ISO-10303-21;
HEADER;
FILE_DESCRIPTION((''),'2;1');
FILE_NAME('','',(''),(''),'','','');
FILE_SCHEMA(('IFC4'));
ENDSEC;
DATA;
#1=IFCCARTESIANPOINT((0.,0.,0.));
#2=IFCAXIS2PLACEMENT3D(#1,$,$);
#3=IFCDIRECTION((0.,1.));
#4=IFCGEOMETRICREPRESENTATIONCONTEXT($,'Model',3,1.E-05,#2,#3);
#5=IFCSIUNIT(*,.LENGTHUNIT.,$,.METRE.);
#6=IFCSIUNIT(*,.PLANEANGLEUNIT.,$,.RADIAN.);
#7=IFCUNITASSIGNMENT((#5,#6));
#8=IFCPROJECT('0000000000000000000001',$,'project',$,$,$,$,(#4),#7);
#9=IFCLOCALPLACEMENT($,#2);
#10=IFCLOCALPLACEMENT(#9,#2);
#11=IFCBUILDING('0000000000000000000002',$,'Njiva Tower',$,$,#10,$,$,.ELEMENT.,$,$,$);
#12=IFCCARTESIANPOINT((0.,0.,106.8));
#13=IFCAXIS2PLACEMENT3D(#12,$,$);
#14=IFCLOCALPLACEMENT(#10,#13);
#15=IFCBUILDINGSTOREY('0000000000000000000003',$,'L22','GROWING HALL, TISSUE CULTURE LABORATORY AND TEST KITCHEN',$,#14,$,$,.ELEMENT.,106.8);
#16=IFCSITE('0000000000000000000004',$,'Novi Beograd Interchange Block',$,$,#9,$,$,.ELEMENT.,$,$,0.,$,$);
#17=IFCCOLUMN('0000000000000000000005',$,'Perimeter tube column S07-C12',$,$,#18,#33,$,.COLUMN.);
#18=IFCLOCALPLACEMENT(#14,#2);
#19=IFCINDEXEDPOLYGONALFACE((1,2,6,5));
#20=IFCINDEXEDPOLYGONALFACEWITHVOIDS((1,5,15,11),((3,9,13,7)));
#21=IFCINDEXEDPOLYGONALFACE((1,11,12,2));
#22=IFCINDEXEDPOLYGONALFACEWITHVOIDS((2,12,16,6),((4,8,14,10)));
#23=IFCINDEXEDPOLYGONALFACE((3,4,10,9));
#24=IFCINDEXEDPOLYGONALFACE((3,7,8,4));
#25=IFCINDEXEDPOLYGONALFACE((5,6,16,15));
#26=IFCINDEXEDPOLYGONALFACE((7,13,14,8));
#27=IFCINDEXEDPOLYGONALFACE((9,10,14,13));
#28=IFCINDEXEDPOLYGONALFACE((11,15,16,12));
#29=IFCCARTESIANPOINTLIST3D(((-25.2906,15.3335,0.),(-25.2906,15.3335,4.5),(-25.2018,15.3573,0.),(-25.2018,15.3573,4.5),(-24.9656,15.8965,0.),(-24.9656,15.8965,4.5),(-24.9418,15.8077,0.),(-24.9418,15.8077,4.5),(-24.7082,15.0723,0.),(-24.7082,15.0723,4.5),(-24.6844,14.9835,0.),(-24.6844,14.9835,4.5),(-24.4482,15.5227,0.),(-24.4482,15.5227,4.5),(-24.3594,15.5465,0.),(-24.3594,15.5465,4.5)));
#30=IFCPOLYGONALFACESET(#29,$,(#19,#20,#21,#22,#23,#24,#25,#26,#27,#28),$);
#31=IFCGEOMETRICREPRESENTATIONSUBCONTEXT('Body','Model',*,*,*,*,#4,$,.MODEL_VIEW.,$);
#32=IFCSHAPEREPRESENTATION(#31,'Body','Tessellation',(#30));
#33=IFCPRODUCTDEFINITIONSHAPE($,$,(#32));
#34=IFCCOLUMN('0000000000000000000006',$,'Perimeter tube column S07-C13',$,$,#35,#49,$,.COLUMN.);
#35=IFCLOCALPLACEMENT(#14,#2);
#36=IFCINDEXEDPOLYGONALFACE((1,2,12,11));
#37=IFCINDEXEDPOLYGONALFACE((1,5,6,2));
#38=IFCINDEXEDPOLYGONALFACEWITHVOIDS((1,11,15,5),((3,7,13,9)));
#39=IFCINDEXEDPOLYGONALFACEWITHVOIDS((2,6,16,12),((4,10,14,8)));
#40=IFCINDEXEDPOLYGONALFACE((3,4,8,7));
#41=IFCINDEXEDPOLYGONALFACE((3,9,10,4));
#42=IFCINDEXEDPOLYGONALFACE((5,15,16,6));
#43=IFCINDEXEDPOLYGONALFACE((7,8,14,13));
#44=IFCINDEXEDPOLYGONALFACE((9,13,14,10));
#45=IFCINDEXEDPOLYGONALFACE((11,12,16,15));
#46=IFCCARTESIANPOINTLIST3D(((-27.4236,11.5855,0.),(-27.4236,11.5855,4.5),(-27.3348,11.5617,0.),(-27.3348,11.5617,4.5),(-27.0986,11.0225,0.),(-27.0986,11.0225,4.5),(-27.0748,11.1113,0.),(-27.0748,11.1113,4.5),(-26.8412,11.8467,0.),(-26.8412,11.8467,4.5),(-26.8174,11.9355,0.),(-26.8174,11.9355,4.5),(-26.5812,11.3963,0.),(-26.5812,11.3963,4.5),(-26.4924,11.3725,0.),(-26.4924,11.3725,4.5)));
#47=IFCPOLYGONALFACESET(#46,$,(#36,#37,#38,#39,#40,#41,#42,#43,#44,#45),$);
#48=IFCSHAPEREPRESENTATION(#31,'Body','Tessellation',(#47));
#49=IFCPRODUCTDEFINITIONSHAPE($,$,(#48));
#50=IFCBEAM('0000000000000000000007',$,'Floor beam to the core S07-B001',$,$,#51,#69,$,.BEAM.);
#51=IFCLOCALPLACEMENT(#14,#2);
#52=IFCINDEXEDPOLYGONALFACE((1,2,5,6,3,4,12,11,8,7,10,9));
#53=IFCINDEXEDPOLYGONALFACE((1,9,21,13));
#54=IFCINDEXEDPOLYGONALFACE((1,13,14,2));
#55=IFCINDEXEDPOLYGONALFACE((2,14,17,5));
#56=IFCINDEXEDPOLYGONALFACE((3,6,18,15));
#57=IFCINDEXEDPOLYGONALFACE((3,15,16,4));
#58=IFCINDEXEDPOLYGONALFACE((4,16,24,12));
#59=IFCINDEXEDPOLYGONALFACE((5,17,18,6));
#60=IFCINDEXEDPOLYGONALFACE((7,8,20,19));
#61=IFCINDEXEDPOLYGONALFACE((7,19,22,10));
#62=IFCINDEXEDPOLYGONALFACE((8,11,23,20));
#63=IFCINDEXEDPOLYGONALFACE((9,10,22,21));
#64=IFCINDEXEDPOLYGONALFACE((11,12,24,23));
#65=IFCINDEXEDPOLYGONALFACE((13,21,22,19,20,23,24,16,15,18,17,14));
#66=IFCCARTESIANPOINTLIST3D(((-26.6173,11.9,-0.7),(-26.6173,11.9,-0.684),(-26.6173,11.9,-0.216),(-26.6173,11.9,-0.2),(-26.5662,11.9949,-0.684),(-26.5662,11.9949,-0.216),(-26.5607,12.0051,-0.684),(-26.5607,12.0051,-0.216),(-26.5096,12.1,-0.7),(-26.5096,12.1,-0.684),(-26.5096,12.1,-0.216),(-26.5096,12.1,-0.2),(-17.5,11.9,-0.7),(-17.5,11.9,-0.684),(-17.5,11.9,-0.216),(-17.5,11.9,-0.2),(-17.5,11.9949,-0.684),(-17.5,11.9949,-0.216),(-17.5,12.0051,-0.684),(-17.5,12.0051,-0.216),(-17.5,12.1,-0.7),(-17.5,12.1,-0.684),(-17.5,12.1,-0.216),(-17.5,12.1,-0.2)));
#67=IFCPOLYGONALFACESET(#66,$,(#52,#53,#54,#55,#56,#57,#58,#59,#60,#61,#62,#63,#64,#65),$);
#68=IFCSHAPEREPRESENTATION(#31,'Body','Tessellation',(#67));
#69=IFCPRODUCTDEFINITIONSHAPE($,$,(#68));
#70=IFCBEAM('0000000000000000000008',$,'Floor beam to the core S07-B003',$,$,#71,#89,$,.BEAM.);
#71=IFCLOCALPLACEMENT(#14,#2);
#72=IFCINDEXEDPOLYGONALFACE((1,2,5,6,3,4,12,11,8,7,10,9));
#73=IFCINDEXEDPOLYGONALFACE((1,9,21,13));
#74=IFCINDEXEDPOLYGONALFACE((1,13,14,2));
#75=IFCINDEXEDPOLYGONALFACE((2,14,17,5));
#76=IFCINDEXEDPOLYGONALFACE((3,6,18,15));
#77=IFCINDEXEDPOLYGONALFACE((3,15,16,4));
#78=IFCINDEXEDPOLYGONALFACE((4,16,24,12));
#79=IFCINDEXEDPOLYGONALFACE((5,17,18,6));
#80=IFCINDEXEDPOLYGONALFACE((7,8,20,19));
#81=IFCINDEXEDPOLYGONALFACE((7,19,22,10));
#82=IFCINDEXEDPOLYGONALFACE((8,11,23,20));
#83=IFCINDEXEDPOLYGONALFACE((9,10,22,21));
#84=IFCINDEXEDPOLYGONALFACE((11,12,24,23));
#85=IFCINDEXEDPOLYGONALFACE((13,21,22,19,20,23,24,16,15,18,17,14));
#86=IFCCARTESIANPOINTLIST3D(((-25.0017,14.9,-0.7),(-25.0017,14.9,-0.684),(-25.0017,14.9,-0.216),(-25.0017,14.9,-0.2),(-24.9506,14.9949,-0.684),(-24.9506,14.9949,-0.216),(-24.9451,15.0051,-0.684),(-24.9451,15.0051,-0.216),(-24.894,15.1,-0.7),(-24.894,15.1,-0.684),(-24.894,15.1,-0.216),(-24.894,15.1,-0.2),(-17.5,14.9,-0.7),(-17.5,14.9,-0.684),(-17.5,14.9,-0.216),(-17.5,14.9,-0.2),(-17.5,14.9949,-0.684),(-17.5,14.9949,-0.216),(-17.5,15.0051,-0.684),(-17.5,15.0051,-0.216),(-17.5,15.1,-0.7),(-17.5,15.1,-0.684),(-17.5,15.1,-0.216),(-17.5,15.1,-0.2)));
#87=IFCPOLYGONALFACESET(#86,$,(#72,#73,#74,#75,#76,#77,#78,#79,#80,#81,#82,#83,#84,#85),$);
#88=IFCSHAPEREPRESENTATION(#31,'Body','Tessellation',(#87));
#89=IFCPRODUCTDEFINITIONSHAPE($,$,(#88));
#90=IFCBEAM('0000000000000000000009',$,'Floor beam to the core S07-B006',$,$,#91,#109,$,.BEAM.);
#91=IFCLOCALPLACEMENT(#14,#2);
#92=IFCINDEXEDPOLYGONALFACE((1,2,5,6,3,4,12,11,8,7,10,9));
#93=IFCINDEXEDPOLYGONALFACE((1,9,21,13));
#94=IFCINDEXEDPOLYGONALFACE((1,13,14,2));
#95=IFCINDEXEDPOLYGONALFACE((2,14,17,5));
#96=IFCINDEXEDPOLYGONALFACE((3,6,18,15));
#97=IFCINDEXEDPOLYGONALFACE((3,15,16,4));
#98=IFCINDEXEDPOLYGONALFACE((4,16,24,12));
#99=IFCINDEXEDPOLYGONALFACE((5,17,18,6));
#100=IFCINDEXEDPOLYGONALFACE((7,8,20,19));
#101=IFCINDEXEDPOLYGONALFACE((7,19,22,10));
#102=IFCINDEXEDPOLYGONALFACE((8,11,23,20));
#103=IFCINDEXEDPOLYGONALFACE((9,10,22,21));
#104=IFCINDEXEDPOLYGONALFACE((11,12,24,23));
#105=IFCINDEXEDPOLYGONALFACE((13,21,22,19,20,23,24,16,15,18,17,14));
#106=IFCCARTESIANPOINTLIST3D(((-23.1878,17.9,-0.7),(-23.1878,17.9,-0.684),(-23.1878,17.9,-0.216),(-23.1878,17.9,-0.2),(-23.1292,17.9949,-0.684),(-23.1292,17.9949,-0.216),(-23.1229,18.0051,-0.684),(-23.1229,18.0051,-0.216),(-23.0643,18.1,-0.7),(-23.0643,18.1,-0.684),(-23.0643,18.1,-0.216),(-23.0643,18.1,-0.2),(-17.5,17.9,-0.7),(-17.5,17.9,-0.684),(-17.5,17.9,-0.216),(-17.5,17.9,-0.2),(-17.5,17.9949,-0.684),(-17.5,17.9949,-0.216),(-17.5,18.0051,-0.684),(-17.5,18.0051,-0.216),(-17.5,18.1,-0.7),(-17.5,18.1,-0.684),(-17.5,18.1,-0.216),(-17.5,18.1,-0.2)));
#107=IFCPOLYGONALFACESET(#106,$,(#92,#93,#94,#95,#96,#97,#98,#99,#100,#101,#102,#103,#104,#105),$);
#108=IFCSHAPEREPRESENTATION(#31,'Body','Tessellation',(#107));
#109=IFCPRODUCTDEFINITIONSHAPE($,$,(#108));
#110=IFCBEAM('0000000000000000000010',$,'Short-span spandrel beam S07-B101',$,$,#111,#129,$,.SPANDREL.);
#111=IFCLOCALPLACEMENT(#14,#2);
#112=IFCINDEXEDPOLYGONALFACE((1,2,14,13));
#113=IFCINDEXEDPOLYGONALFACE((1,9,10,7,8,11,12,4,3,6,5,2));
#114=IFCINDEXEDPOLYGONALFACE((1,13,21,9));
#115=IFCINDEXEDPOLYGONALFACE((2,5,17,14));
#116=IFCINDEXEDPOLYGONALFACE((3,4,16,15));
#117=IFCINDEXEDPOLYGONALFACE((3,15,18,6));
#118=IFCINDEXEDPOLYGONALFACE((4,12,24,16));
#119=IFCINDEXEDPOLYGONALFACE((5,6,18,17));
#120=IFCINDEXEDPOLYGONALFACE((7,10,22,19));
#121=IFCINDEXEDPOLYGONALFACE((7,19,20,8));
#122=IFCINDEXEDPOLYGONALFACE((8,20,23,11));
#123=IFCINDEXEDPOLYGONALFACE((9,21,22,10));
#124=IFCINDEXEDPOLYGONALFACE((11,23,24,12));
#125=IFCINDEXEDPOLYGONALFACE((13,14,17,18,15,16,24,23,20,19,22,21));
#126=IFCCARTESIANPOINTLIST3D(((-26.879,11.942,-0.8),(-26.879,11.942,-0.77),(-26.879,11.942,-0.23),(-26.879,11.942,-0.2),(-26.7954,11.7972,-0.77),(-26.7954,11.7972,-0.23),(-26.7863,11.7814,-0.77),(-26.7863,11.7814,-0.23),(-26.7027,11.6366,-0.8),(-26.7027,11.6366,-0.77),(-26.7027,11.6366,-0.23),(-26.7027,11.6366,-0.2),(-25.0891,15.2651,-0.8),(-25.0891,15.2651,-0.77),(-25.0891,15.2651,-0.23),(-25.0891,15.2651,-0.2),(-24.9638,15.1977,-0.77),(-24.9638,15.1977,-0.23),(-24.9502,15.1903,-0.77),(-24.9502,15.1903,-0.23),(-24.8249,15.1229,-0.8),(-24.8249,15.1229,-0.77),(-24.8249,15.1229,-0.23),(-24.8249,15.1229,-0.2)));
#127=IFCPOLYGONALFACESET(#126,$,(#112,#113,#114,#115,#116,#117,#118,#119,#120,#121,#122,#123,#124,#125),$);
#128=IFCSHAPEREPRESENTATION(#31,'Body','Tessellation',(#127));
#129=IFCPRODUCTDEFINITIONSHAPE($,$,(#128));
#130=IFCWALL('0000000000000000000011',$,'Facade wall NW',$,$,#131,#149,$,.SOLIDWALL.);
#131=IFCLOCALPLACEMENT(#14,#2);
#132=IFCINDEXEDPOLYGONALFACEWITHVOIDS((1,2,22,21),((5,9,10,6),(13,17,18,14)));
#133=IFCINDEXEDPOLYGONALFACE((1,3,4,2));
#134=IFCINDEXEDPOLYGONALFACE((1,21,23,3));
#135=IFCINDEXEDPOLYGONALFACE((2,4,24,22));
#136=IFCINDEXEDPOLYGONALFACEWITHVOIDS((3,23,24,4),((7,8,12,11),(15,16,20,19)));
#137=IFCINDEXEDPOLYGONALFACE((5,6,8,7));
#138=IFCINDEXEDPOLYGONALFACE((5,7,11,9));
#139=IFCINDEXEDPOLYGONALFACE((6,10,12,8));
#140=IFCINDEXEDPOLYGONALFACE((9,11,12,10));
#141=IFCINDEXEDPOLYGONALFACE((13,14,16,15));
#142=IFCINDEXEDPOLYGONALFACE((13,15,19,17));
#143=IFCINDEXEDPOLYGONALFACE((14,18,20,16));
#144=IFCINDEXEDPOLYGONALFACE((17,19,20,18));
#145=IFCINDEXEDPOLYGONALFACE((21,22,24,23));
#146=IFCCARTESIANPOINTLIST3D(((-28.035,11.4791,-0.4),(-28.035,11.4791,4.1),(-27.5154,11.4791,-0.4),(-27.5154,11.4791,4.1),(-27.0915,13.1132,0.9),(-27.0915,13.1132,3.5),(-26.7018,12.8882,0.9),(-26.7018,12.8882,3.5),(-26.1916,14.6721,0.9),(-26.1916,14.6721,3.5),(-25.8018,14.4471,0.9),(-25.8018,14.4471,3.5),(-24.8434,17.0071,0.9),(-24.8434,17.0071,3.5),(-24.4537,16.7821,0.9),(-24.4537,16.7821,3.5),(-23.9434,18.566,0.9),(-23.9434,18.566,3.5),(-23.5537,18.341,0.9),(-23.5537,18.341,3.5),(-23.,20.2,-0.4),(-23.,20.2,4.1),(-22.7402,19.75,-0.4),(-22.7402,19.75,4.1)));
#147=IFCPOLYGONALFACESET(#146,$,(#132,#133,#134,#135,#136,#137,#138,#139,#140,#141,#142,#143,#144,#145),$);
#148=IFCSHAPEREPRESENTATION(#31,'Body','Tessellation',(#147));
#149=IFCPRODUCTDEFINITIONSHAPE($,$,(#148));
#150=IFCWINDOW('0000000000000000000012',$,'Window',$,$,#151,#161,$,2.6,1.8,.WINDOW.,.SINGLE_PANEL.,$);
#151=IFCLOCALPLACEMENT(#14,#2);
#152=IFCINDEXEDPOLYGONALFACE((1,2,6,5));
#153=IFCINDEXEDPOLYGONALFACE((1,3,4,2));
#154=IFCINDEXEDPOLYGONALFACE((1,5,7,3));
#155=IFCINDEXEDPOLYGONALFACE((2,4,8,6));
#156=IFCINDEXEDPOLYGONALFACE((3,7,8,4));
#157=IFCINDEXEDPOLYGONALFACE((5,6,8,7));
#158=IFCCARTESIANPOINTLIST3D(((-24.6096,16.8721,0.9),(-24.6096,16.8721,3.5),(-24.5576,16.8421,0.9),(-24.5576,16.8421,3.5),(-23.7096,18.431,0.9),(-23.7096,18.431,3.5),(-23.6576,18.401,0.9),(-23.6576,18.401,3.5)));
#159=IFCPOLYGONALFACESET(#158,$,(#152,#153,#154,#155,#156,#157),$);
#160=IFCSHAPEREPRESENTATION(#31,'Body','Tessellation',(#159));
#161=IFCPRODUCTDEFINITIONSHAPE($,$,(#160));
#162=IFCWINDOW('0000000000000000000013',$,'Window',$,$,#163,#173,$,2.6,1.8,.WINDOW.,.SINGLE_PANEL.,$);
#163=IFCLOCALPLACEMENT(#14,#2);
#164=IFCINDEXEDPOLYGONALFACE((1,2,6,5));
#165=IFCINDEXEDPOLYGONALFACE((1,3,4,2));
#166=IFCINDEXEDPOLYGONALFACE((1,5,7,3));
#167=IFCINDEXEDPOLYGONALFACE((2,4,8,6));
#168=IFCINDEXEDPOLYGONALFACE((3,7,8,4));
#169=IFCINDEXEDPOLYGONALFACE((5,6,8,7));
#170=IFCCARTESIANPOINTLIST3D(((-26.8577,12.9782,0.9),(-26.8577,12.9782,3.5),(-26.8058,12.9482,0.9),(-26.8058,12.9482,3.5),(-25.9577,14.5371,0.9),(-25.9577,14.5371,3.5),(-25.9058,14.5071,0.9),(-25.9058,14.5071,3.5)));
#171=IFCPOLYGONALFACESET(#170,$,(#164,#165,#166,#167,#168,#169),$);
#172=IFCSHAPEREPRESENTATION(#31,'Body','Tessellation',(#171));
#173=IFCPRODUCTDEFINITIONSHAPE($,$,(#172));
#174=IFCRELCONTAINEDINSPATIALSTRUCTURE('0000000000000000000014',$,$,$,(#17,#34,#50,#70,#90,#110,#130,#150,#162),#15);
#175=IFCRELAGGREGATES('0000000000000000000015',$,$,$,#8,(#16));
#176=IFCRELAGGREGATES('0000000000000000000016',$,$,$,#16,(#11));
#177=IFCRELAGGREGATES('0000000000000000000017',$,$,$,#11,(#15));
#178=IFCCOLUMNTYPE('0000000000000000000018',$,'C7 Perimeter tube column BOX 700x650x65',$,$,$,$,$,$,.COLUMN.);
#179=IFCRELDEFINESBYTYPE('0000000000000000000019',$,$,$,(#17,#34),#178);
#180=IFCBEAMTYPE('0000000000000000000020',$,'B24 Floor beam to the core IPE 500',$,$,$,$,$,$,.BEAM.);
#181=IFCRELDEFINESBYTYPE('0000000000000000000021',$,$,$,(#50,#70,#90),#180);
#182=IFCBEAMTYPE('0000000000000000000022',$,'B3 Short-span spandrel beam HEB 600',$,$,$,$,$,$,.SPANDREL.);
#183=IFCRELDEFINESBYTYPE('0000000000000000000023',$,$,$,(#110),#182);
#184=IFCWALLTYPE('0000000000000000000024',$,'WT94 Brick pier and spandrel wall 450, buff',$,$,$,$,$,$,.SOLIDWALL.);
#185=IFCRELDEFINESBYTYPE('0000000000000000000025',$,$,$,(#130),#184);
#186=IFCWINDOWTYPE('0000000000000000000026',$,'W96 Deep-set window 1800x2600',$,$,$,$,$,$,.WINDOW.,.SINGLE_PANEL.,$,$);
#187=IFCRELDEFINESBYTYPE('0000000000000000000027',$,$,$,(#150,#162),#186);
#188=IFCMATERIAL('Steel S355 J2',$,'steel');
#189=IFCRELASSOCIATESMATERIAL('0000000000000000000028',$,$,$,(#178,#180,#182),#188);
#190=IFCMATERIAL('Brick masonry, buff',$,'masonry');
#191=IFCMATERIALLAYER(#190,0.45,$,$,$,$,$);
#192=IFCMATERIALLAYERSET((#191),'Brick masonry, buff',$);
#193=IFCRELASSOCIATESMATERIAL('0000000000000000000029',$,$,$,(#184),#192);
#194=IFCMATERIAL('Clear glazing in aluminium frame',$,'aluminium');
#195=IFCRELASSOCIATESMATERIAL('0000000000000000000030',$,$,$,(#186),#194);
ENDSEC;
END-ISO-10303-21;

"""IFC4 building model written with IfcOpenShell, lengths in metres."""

from ifc_helpers import new_model, si_unit, direction, frame, frame_2d, origin, origin_2d, place, context, subcontext, project, spatial, polyline, rectangle, hollow_rectangle, i_section, outline, extrude, clip, halfspace, material, layer, layer_set, material_profile, profile_set, type_object, element, fill, save


model = new_model("IFC4")

# Units and contexts
model_context = context("Model", 3, precision=1e-05, world=origin(), true_north=direction((0.0, 1.0)))
body_context = subcontext(model_context, "Body", "Model", "MODEL_VIEW")
ifc_project = project(units=[si_unit("LENGTHUNIT", "METRE"), si_unit("PLANEANGLEUNIT", "RADIAN")], contexts=[model_context])

# Site, building, storey
site_placement = place(None, origin())
site = spatial("IfcSite", under=ifc_project, at=site_placement, Name="Novi Beograd Interchange Block", CompositionType="ELEMENT", RefElevation=0.0)
building_placement = place(site_placement, origin())
building = spatial("IfcBuilding", under=site, at=building_placement, Name="Njiva Tower", CompositionType="ELEMENT")
storey_placement = place(building_placement, frame((0.0, 0.0, 106.8)))
storey = spatial("IfcBuildingStorey", under=building, at=storey_placement, Name="L22", Description="GROWING HALL, TISSUE CULTURE LABORATORY AND TEST KITCHEN", CompositionType="ELEMENT", Elevation=106.8)

# Columns
ifc_material_1 = material(Name="Steel S355 J2", Category="steel")
ifc_material_profile_1 = material_profile(ifc_material_1, hollow_rectangle(XDim=0.65, YDim=0.7, WallThickness=0.065, at=origin_2d()), Name="BOX 700x650x65")
ifc_profile_set_1 = profile_set([ifc_material_profile_1], Name="Steel S355 J2")
column_type = type_object("IfcColumnType", Name="C7 Perimeter tube column BOX 700x650x65", PredefinedType="COLUMN", material=ifc_profile_set_1)
for number, where, z_axis, x_axis, name in (
    (1, (-24.825, 15.44, 0.0), (0.0, 0.0, 1.0), (-0.5, -0.866025, 0.0), "Perimeter tube column S07-C12"),
    (2, (-26.958, 11.479, 0.0), (0.0, 0.0, 1.0), (0.5, -0.866025, 0.0), "Perimeter tube column S07-C13"),
):
    element("IfcColumn", number, at=place(storey_placement, frame(where, z_axis=z_axis, x_axis=x_axis)), inside=storey, type_object=column_type, Name=name, PredefinedType="COLUMN", context=body_context, shape_type="SweptSolid", body=[
        extrude(hollow_rectangle(XDim=0.65, YDim=0.7, WallThickness=0.065, at=origin_2d()), origin(), (0.0, 0.0, 1.0), 4.5),
    ])

# Beams
ifc_material_profile_2 = material_profile(ifc_material_1, i_section(OverallWidth=0.2, OverallDepth=0.5, WebThickness=0.0102, FlangeThickness=0.016, at=origin_2d()), Name="IPE 500")
ifc_profile_set_2 = profile_set([ifc_material_profile_2], Name="Steel S355 J2")
beam_type_1 = type_object("IfcBeamType", Name="B24 Floor beam to the core IPE 500", PredefinedType="BEAM", material=ifc_profile_set_2)
beam_1_placement = place(storey_placement, frame((-26.637, 12.0, -0.45), z_axis=(1.0, 0.0, 0.0), x_axis=(0.0, 1.0, 0.0)))
element("IfcBeam", 3, at=beam_1_placement, inside=storey, type_object=beam_type_1, Name="Floor beam to the core S07-B001", PredefinedType="BEAM", context=body_context, shape_type="Clipping", body=[
    clip(extrude(i_section(OverallWidth=0.2, OverallDepth=0.5, WebThickness=0.0102, FlangeThickness=0.016, at=origin_2d()), origin(), (0.0, 0.0, 1.0), 9.137), halfspace(frame((0.0237, 0.0, 0.0863), z_axis=(0.474152, 0.0, -0.880443), x_axis=(0.0, -1.0, 0.0)), False)),
])
beam_2_placement = place(storey_placement, frame((-25.022, 15.0, -0.45), z_axis=(1.0, 0.0, 0.0), x_axis=(0.0, 1.0, 0.0)))
element("IfcBeam", 4, at=beam_2_placement, inside=storey, type_object=beam_type_1, Name="Floor beam to the core S07-B003", PredefinedType="BEAM", context=body_context, shape_type="Clipping", body=[
    clip(extrude(i_section(OverallWidth=0.2, OverallDepth=0.5, WebThickness=0.0102, FlangeThickness=0.016, at=origin_2d()), origin(), (0.0, 0.0, 1.0), 7.522), halfspace(frame((0.0237, 0.0, 0.0869), z_axis=(0.474152, 0.0, -0.880443), x_axis=(0.0, -1.0, 0.0)), False)),
])
beam_3_placement = place(storey_placement, frame((-23.208, 18.0, -0.45), z_axis=(1.0, 0.0, 0.0), x_axis=(0.0, 1.0, 0.0)))
element("IfcBeam", 5, at=beam_3_placement, inside=storey, type_object=beam_type_1, Name="Floor beam to the core S07-B006", PredefinedType="BEAM", context=body_context, shape_type="Clipping", body=[
    clip(extrude(i_section(OverallWidth=0.2, OverallDepth=0.5, WebThickness=0.0102, FlangeThickness=0.016, at=origin_2d()), origin(), (0.0, 0.0, 1.0), 5.708), halfspace(frame((0.0263, 0.0, 0.0982), z_axis=(0.52541, 0.0, -0.850849), x_axis=(0.0, -1.0, 0.0)), False)),
])
ifc_material_profile_3 = material_profile(ifc_material_1, i_section(OverallWidth=0.3, OverallDepth=0.6, WebThickness=0.0155, FlangeThickness=0.03, at=origin_2d()), Name="HEB 600")
ifc_profile_set_3 = profile_set([ifc_material_profile_3], Name="Steel S355 J2")
beam_type_2 = type_object("IfcBeamType", Name="B3 Short-span spandrel beam HEB 600", PredefinedType="SPANDREL", material=ifc_profile_set_3)
beam_4_placement = place(storey_placement, frame((-24.957, 15.194, -0.5), z_axis=(-0.474208, -0.880413, 0.0), x_axis=(0.880413, -0.474208, 0.0)))
element("IfcBeam", 6, at=beam_4_placement, inside=storey, type_object=beam_type_2, Name="Short-span spandrel beam S07-B101", PredefinedType="SPANDREL", context=body_context, shape_type="Clipping", body=[
    clip(extrude(i_section(OverallWidth=0.3, OverallDepth=0.6, WebThickness=0.0155, FlangeThickness=0.03, at=origin_2d()), origin(), (0.0, 0.0, 1.0), 3.9805), halfspace(frame((-0.026, 0.0, 3.8511), z_axis=(-0.525358, 0.0, 0.850881), x_axis=(0.0, 1.0, 0.0)), False)),
])

# Wall, openings, windows
ifc_material_2 = material(Name="Clear glazing in aluminium frame", Category="aluminium")
ifc_material_3 = material(Name="Brick masonry, buff", Category="masonry")
ifc_layer_1 = layer(ifc_material_3, 0.45)
ifc_layer_set_1 = layer_set([ifc_layer_1], Name="Brick masonry, buff")
wall_type_1 = type_object("IfcWallType", Name="WT94 Brick pier and spandrel wall 450, buff", PredefinedType="SOLIDWALL", material=ifc_layer_set_1)
wall_1_placement = place(storey_placement, frame((-22.8701, 19.975, -0.4), z_axis=(0.0, 0.0, 1.0), x_axis=(-0.499999, -0.866026, 0.0)))
wall_1 = element("IfcWall", 7, at=wall_1_placement, inside=storey, type_object=wall_type_1, Name="Facade wall NW", PredefinedType="SOLIDWALL", context=body_context, shape_type="SweptSolid", body=[
    extrude(outline(polyline([(-0.1299, -0.225), (9.9401, -0.225), (9.6803, 0.225), (0.1299, 0.225), (-0.1299, -0.225)])), origin(), (0.0, 0.0, 1.0), 4.5),
])
opening_1_placement = place(wall_1_placement, frame((1.7569, 0.0, 1.3)))
opening_1 = element("IfcOpeningElement", 8, at=opening_1_placement, cuts=wall_1, PredefinedType="OPENING", context=body_context, shape_type="SweptSolid", body=[
    extrude(rectangle(XDim=1.8, YDim=2.6, at=frame_2d((0.9, 1.3))), frame((0.0, 0.235, 0.0), z_axis=(0.0, -1.0, 0.0), x_axis=(1.0, 0.0, 0.0)), (0.0, 0.0, 1.0), 0.47),
])
opening_2_placement = place(wall_1_placement, frame((6.2532, 0.0, 1.3)))
opening_2 = element("IfcOpeningElement", 9, at=opening_2_placement, cuts=wall_1, PredefinedType="OPENING", context=body_context, shape_type="SweptSolid", body=[
    extrude(rectangle(XDim=1.8, YDim=2.6, at=frame_2d((0.9, 1.3))), frame((0.0, 0.235, 0.0), z_axis=(0.0, -1.0, 0.0), x_axis=(1.0, 0.0, 0.0)), (0.0, 0.0, 1.0), 0.47),
])
window_type_1 = type_object("IfcWindowType", Name="W96 Deep-set window 1800x2600", PartitioningType="SINGLE_PANEL", PredefinedType="WINDOW", material=ifc_material_2)
window_1_placement = place(opening_1_placement, origin())
window_1 = element("IfcWindow", 10, at=window_1_placement, inside=storey, type_object=window_type_1, Name="Window", OverallHeight=2.6, OverallWidth=1.8, PartitioningType="SINGLE_PANEL", PredefinedType="WINDOW", context=body_context, shape_type="SweptSolid", body=[
    extrude(rectangle(XDim=1.8, YDim=2.6, at=frame_2d((0.9, 1.3))), frame((0.0, 0.105, 0.0), z_axis=(0.0, -1.0, 0.0), x_axis=(1.0, 0.0, 0.0)), (0.0, 0.0, 1.0), 0.06),
])
fill(opening_1, window_1)
window_2_placement = place(opening_2_placement, origin())
window_2 = element("IfcWindow", 11, at=window_2_placement, inside=storey, type_object=window_type_1, Name="Window", OverallHeight=2.6, OverallWidth=1.8, PartitioningType="SINGLE_PANEL", PredefinedType="WINDOW", context=body_context, shape_type="SweptSolid", body=[
    extrude(rectangle(XDim=1.8, YDim=2.6, at=frame_2d((0.9, 1.3))), frame((0.0, 0.105, 0.0), z_axis=(0.0, -1.0, 0.0), x_axis=(1.0, 0.0, 0.0)), (0.0, 0.0, 1.0), 0.06),
])
fill(opening_2, window_2)

save(model, "model.ifc")
